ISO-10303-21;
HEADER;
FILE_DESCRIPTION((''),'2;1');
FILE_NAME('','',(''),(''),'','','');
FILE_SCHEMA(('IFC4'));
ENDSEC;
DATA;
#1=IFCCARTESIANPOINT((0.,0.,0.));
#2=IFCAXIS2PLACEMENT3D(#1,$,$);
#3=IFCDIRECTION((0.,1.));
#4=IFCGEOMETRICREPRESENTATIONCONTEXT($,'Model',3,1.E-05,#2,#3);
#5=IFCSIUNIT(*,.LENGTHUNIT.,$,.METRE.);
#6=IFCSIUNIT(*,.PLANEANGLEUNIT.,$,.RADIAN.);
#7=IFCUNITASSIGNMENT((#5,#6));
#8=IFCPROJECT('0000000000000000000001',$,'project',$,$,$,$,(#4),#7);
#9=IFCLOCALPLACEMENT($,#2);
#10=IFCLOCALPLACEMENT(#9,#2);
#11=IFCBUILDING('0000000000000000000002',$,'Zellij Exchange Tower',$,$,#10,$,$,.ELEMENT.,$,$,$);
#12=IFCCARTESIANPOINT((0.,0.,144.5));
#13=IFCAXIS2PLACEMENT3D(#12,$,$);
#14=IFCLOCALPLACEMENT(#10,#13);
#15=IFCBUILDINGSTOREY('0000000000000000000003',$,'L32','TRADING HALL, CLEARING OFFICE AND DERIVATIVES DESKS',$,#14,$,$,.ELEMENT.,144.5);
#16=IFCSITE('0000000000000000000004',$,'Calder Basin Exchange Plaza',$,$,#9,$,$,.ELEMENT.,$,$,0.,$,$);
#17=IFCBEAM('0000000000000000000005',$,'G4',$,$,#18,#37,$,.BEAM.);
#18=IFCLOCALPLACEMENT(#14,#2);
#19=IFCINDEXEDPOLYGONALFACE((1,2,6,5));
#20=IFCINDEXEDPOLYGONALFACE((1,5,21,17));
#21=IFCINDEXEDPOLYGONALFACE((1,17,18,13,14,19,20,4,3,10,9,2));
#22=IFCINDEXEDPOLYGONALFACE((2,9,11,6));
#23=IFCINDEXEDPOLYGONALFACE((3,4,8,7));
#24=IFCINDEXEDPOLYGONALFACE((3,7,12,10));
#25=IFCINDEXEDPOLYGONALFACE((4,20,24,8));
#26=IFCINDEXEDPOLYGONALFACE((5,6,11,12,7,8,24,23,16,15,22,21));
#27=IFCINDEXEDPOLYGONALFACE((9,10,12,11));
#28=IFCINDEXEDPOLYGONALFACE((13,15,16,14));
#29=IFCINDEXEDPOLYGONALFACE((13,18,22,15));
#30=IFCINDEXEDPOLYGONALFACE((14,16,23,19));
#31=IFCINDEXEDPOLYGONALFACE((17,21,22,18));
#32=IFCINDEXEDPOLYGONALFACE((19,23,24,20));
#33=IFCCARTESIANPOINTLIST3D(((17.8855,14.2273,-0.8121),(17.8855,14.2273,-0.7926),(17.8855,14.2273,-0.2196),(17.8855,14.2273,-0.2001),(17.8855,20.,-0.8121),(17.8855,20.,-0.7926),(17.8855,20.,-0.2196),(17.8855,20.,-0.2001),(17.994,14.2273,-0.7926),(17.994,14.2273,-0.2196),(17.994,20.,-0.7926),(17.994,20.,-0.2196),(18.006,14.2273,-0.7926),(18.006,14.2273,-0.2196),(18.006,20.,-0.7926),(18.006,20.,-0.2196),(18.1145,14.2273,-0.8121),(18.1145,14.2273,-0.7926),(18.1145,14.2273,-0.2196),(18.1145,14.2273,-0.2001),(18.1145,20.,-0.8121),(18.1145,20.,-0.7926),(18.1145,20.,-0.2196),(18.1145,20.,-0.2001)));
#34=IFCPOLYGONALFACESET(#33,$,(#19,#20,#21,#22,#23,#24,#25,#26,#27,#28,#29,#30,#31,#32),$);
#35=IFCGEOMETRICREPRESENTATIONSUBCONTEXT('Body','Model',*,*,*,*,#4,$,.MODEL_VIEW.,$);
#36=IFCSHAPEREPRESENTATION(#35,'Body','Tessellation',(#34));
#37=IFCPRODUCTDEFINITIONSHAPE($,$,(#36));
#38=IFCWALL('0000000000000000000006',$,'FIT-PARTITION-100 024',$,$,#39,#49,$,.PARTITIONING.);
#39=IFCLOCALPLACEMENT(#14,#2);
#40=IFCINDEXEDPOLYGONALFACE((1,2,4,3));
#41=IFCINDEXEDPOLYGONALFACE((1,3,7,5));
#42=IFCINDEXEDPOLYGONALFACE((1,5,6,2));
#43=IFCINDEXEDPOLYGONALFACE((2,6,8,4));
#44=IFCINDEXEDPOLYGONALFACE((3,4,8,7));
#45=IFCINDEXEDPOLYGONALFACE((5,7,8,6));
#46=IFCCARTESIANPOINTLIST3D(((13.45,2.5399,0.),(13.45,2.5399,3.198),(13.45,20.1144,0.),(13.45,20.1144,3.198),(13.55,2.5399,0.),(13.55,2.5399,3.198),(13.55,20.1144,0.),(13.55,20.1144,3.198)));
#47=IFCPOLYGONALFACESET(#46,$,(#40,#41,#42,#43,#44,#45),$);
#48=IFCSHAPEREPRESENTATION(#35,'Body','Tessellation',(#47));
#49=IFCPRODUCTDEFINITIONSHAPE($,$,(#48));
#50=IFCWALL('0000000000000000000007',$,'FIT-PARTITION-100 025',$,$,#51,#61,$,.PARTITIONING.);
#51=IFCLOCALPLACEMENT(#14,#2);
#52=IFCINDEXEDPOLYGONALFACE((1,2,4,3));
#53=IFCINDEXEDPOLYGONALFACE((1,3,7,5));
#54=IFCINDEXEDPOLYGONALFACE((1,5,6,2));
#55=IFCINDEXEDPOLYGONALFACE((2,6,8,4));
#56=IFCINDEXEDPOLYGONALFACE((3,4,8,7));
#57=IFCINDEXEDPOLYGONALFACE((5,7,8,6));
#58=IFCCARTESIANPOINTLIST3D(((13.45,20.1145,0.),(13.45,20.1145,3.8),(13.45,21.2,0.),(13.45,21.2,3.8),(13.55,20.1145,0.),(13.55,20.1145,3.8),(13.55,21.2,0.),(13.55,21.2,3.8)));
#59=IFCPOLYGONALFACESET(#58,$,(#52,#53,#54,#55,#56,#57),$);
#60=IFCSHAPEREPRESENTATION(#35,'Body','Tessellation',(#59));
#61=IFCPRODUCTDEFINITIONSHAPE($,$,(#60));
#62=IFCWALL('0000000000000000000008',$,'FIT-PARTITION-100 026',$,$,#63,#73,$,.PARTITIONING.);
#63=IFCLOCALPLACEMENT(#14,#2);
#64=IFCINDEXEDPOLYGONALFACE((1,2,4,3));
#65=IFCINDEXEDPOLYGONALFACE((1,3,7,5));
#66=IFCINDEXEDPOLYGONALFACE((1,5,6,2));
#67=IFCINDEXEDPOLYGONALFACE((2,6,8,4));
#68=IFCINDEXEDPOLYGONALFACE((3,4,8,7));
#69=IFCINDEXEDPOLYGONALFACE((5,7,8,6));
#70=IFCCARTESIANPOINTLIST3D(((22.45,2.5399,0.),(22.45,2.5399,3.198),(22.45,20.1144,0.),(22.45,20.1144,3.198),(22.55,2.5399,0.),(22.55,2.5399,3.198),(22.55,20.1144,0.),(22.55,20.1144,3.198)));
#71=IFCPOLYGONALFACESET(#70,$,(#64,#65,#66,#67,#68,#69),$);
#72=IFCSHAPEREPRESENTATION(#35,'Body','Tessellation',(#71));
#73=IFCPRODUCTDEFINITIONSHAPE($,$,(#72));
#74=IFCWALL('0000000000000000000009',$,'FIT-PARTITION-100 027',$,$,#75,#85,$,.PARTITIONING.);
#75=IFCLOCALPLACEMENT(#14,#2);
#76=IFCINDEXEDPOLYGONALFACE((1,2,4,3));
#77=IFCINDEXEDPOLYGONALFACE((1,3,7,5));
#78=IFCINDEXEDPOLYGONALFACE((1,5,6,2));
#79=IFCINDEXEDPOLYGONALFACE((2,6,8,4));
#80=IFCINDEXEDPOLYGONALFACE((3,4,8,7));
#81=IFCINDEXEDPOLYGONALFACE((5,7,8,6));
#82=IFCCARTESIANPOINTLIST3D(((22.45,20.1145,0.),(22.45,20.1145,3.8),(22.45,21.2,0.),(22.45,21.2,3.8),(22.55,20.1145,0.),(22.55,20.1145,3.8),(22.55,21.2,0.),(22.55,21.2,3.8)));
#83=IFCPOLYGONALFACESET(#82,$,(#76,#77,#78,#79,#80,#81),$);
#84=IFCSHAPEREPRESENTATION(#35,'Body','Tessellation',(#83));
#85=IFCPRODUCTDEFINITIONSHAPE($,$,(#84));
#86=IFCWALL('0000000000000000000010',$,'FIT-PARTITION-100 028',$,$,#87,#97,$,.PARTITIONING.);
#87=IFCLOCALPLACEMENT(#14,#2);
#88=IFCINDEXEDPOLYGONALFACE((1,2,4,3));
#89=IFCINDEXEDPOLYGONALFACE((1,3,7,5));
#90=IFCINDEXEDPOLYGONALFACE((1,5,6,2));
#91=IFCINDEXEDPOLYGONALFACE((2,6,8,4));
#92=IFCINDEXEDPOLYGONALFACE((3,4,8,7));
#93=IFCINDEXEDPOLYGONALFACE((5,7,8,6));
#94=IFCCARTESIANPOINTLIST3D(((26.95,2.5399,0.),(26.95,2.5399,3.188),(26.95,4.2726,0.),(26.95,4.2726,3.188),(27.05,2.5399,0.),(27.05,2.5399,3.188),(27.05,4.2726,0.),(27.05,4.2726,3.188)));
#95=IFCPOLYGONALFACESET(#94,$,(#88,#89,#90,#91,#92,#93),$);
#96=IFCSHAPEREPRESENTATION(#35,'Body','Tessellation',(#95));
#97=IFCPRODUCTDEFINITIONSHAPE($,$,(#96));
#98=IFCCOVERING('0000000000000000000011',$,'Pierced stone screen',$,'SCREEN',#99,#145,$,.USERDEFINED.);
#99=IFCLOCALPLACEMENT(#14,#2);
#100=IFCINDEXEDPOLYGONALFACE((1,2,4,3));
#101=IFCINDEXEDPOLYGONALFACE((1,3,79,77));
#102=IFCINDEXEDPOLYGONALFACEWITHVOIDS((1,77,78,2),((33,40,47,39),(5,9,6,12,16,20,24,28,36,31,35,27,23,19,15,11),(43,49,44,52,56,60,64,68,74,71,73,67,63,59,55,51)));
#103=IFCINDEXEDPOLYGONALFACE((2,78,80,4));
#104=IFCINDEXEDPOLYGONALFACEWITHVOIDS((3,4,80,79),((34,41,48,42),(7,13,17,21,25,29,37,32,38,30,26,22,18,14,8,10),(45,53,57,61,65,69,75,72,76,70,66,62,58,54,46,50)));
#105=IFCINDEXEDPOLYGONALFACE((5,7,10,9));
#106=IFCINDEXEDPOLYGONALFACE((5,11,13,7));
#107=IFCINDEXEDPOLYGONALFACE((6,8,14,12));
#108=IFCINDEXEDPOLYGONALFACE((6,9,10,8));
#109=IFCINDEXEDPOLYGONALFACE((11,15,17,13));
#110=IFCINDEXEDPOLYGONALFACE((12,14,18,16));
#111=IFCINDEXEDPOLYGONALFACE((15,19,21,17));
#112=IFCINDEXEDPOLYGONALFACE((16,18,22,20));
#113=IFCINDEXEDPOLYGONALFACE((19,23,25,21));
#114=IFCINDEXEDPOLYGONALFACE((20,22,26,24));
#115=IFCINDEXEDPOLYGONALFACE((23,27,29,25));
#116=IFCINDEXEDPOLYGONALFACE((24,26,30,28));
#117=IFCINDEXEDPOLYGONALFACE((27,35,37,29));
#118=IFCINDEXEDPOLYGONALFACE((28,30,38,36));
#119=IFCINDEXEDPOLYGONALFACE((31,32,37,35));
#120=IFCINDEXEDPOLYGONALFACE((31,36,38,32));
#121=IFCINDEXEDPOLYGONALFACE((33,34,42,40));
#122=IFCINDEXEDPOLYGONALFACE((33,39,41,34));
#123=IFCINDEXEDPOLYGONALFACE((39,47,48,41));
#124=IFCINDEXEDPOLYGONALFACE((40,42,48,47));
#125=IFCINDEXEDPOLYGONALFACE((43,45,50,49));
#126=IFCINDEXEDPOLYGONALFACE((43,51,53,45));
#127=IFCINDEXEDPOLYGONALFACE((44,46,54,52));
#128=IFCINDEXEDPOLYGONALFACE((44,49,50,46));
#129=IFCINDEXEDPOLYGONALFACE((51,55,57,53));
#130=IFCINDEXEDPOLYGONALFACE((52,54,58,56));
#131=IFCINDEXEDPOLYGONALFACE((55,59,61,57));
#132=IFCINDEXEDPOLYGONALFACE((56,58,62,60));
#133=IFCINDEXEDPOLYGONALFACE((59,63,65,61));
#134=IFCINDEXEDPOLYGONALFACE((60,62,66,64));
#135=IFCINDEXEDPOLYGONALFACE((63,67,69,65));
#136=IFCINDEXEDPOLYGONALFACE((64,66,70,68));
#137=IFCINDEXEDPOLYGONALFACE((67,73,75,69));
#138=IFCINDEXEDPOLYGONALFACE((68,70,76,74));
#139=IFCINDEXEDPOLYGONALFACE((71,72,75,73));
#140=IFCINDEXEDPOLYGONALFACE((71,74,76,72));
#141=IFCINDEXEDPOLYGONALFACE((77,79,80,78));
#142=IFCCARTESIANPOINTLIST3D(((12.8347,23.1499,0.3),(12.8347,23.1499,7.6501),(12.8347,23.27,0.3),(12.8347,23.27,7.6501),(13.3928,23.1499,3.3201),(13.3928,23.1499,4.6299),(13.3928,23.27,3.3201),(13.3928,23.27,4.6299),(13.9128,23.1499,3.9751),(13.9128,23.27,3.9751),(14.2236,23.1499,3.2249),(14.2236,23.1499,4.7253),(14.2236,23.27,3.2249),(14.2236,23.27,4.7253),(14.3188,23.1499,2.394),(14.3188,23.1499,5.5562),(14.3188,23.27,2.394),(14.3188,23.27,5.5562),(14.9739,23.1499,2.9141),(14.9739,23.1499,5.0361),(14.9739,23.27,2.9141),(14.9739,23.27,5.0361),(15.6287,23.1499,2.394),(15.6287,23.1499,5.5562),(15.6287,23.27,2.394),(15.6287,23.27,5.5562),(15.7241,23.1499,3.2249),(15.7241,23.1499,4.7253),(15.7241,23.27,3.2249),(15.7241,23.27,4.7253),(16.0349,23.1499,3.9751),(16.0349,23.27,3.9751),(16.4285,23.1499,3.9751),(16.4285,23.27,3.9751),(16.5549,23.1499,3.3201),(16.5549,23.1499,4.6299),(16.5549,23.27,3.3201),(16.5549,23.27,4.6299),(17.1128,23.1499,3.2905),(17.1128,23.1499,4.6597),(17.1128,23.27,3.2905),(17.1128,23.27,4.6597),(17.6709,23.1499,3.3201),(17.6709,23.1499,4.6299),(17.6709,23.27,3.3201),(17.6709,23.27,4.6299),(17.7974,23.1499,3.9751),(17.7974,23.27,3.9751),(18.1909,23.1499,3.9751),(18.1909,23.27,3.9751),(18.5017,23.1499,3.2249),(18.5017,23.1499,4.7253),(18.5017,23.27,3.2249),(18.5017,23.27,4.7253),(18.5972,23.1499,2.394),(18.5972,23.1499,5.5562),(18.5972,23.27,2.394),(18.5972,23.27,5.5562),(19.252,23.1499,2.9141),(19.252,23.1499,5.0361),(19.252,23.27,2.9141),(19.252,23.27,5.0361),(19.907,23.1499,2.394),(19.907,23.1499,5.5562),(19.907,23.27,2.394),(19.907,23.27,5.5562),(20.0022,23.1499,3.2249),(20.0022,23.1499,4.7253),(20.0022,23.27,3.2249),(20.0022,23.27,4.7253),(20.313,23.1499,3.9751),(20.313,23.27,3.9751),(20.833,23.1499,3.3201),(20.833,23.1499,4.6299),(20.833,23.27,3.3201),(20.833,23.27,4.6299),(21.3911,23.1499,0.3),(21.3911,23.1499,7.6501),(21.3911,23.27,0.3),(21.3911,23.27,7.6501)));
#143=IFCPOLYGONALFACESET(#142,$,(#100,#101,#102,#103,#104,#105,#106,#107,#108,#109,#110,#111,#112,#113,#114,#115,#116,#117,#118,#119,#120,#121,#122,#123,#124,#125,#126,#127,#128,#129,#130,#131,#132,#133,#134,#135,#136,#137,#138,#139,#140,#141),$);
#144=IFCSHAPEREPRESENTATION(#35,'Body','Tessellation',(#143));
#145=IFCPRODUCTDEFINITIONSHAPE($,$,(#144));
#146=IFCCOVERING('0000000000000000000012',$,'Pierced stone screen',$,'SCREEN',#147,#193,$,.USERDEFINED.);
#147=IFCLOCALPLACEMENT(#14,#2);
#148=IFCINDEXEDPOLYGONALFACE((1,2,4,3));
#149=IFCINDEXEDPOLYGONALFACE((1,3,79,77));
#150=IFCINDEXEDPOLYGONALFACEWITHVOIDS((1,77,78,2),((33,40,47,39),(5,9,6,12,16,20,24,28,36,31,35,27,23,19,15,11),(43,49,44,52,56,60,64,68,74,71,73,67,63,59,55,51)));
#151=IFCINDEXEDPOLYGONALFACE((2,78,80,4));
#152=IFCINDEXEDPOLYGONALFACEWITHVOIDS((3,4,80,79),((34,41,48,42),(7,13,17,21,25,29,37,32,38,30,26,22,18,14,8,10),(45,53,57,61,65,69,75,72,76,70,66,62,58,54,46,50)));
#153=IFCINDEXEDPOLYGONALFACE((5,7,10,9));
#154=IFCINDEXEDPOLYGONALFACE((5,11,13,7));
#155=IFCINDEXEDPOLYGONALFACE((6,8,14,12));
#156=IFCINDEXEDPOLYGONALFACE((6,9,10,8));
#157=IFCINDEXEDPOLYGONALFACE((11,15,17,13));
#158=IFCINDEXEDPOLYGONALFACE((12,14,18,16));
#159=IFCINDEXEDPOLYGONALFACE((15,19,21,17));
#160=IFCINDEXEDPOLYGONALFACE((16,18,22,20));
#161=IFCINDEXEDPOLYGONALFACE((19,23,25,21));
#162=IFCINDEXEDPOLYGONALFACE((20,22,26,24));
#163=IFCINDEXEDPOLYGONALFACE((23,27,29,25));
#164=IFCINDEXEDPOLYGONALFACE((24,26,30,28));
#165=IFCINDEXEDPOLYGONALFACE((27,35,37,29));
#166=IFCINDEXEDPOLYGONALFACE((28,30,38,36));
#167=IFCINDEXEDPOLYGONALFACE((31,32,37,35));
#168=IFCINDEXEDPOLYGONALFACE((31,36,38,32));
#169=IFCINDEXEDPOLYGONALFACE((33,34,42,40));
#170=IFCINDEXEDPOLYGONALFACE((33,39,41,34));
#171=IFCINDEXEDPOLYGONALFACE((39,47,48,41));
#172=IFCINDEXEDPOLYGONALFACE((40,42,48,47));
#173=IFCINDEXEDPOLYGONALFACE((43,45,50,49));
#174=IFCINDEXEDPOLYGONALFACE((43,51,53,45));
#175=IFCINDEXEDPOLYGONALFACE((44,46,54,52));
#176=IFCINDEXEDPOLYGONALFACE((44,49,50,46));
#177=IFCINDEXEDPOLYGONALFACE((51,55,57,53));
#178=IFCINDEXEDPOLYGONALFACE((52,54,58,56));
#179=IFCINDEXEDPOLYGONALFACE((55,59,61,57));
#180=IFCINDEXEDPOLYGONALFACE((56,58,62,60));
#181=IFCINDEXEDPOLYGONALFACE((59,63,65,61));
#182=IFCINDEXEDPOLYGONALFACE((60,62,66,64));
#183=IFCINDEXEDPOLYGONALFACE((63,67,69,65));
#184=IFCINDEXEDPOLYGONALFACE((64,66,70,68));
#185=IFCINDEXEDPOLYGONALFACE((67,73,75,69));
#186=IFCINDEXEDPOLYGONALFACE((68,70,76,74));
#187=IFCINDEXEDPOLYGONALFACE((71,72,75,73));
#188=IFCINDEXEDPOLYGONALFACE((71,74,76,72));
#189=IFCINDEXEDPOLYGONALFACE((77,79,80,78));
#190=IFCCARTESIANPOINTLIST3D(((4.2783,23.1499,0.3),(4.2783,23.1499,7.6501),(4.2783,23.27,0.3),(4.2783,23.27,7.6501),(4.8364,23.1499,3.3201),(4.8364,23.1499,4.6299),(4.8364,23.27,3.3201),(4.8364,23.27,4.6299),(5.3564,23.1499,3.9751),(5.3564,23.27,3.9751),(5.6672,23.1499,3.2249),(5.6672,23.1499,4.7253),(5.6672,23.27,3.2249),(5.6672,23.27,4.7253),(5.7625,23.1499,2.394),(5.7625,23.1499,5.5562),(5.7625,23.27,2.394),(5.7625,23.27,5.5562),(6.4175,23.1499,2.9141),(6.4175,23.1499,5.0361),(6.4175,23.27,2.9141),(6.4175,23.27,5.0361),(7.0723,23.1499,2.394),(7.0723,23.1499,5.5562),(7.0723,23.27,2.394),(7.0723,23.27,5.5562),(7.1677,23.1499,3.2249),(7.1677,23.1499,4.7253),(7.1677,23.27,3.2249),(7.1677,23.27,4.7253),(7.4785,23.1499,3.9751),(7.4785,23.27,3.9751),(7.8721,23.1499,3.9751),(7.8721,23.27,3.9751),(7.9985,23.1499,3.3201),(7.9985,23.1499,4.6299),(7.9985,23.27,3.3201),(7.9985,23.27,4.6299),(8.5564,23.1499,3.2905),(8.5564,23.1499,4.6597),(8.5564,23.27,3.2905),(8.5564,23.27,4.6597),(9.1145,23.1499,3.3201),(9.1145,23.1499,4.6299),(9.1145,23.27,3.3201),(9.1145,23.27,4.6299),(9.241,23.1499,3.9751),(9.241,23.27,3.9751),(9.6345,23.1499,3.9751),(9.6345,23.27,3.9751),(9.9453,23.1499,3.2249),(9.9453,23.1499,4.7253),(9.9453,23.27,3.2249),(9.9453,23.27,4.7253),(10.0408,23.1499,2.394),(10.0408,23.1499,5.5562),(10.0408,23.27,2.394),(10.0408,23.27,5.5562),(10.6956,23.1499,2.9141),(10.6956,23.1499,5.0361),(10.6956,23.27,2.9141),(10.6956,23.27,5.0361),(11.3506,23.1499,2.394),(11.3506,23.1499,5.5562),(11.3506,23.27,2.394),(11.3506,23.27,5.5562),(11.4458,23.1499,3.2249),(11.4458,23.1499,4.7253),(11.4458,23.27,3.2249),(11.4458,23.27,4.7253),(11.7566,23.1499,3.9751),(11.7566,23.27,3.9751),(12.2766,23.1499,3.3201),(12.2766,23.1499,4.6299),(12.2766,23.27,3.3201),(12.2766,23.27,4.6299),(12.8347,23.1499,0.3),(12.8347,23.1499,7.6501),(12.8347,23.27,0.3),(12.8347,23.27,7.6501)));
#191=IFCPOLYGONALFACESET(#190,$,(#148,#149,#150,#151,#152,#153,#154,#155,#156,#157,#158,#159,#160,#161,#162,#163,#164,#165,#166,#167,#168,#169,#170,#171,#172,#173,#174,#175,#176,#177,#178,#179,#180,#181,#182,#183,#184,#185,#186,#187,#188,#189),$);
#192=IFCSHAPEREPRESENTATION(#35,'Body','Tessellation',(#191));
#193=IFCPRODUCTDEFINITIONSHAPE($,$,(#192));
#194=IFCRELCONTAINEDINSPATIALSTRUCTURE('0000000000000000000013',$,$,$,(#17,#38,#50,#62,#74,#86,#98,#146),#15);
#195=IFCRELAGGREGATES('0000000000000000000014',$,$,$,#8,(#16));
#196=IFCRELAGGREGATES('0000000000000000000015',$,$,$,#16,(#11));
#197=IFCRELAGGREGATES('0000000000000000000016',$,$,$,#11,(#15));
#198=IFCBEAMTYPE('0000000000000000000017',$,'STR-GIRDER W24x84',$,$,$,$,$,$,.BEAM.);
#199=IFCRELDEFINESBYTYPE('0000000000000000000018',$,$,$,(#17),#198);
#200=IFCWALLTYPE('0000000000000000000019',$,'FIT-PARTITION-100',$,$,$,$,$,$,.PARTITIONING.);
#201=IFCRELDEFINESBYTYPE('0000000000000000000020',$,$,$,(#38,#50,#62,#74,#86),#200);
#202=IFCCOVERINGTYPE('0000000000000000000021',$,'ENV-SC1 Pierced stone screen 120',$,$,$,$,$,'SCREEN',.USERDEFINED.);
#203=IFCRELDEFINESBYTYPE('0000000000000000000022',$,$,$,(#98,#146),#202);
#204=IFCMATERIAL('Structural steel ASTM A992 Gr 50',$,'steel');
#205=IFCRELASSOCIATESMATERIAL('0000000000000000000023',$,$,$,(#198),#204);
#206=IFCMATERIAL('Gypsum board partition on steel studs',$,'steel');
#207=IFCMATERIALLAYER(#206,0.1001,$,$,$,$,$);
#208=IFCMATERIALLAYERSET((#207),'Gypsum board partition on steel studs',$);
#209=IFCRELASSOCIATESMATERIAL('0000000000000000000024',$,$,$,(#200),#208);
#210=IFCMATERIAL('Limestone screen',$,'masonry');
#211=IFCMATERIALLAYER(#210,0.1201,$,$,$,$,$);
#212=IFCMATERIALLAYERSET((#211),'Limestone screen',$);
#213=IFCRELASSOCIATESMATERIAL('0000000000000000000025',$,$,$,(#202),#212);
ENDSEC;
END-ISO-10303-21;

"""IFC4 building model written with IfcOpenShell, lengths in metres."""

from ifc_helpers import new_model, si_unit, direction, frame, frame_2d, origin, origin_2d, place, context, subcontext, project, spatial, polyline, rectangle, i_section, outline, extrude, material, layer, layer_set, material_profile, profile_set, type_object, element, save


model = new_model("IFC4")

# Units and contexts
model_context = context("Model", 3, precision=1e-05, world=origin(), true_north=direction((0.0, 1.0)))
body_context = subcontext(model_context, "Body", "Model", "MODEL_VIEW")
ifc_project = project(units=[si_unit("LENGTHUNIT", "METRE"), si_unit("PLANEANGLEUNIT", "RADIAN")], contexts=[model_context])

# Site, building, storey
site_placement = place(None, origin())
site = spatial("IfcSite", under=ifc_project, at=site_placement, Name="Calder Basin Exchange Plaza", CompositionType="ELEMENT", RefElevation=0.0)
building_placement = place(site_placement, origin())
building = spatial("IfcBuilding", under=site, at=building_placement, Name="Zellij Exchange Tower", CompositionType="ELEMENT")
storey_placement = place(building_placement, frame((0.0, 0.0, 144.5)))
storey = spatial("IfcBuildingStorey", under=building, at=storey_placement, Name="L32", Description="TRADING HALL, CLEARING OFFICE AND DERIVATIVES DESKS", CompositionType="ELEMENT", Elevation=144.5)

# Beam
ifc_material_1 = material(Name="Structural steel ASTM A992 Gr 50", Category="steel")
ifc_material_profile_1 = material_profile(ifc_material_1, i_section(OverallWidth=0.229, OverallDepth=0.6121, WebThickness=0.012, FlangeThickness=0.0195, at=origin_2d()), Name="W24x84")
ifc_profile_set_1 = profile_set([ifc_material_profile_1], Name="Structural steel ASTM A992 Gr 50")
beam_type = type_object("IfcBeamType", Name="STR-GIRDER W24x84", PredefinedType="BEAM", material=ifc_profile_set_1)
beam_1_placement = place(storey_placement, frame((18.0, 14.2273, -0.5061), z_axis=(0.0, 1.0, 0.0), x_axis=(-1.0, 0.0, 0.0)))
element("IfcBeam", 1, at=beam_1_placement, inside=storey, type_object=beam_type, Name="G4", PredefinedType="BEAM", context=body_context, shape_type="SweptSolid", body=[
    extrude(i_section(OverallWidth=0.229, OverallDepth=0.6121, WebThickness=0.012, FlangeThickness=0.0195, at=origin_2d()), origin(), (0.0, 0.0, 1.0), 5.7727),
])

# Walls
ifc_material_2 = material(Name="Gypsum board partition on steel studs", Category="steel")
ifc_layer_1 = layer(ifc_material_2, 0.1001)
ifc_layer_set_1 = layer_set([ifc_layer_1], Name="Gypsum board partition on steel studs")
wall_type = type_object("IfcWallType", Name="FIT-PARTITION-100", PredefinedType="PARTITIONING", material=ifc_layer_set_1)
wall_1_placement = place(storey_placement, frame((13.5, 2.54, 0.0), z_axis=(0.0, 0.0, 1.0), x_axis=(0.0, 1.0, 0.0)))
element("IfcWall", 2, at=wall_1_placement, inside=storey, type_object=wall_type, Name="FIT-PARTITION-100 024", PredefinedType="PARTITIONING", context=body_context, shape_type="SweptSolid", body=[
    extrude(rectangle(XDim=17.5745, YDim=0.1001, at=frame_2d((8.7871, 0.0))), origin(), (0.0, 0.0, 1.0), 3.198),
])
wall_2_placement = place(storey_placement, frame((13.5, 20.1145, 0.0), z_axis=(0.0, 0.0, 1.0), x_axis=(0.0, 1.0, 0.0)))
element("IfcWall", 3, at=wall_2_placement, inside=storey, type_object=wall_type, Name="FIT-PARTITION-100 025", PredefinedType="PARTITIONING", context=body_context, shape_type="SweptSolid", body=[
    extrude(rectangle(XDim=1.0854, YDim=0.1001, at=frame_2d((0.5427, 0.0))), origin(), (0.0, 0.0, 1.0), 3.8),
])
wall_3_placement = place(storey_placement, frame((22.5, 2.54, 0.0), z_axis=(0.0, 0.0, 1.0), x_axis=(0.0, 1.0, 0.0)))
element("IfcWall", 4, at=wall_3_placement, inside=storey, type_object=wall_type, Name="FIT-PARTITION-100 026", PredefinedType="PARTITIONING", context=body_context, shape_type="SweptSolid", body=[
    extrude(rectangle(XDim=17.5745, YDim=0.1001, at=frame_2d((8.7871, 0.0))), origin(), (0.0, 0.0, 1.0), 3.198),
])
wall_4_placement = place(storey_placement, frame((22.5, 20.1145, 0.0), z_axis=(0.0, 0.0, 1.0), x_axis=(0.0, 1.0, 0.0)))
element("IfcWall", 5, at=wall_4_placement, inside=storey, type_object=wall_type, Name="FIT-PARTITION-100 027", PredefinedType="PARTITIONING", context=body_context, shape_type="SweptSolid", body=[
    extrude(rectangle(XDim=1.0854, YDim=0.1001, at=frame_2d((0.5427, 0.0))), origin(), (0.0, 0.0, 1.0), 3.8),
])
wall_5_placement = place(storey_placement, frame((27.0, 2.54, 0.0), z_axis=(0.0, 0.0, 1.0), x_axis=(0.0, 1.0, 0.0)))
element("IfcWall", 6, at=wall_5_placement, inside=storey, type_object=wall_type, Name="FIT-PARTITION-100 028", PredefinedType="PARTITIONING", context=body_context, shape_type="SweptSolid", body=[
    extrude(rectangle(XDim=1.7327, YDim=0.1001, at=frame_2d((0.8662, 0.0))), origin(), (0.0, 0.0, 1.0), 3.188),
])

# Coverings
ifc_material_3 = material(Name="Limestone screen", Category="masonry")
ifc_layer_2 = layer(ifc_material_3, 0.1201)
ifc_layer_set_2 = layer_set([ifc_layer_2], Name="Limestone screen")
covering_type = type_object("IfcCoveringType", Name="ENV-SC1 Pierced stone screen 120", ElementType="SCREEN", PredefinedType="USERDEFINED", material=ifc_layer_set_2)
for number, where, z_axis, x_axis, name in (
    (7, (21.3911, 23.21, 0.3), (0.0, 0.0, 1.0), (-1.0, 0.0, 0.0), "Pierced stone screen"),
    (8, (12.8347, 23.21, 0.3), (0.0, 0.0, 1.0), (-1.0, 0.0, 0.0), "Pierced stone screen"),
):
    element("IfcCovering", number, at=place(storey_placement, frame(where, z_axis=z_axis, x_axis=x_axis)), inside=storey, type_object=covering_type, Name=name, ObjectType="SCREEN", PredefinedType="USERDEFINED", context=body_context, shape_type="SweptSolid", body=[
        extrude(outline(polyline([(0.0, 0.0), (8.5564, 0.0), (8.5564, 7.3501), (0.0, 7.3501), (0.0, 0.0)]), holes=[polyline([(3.7202, 4.3298), (2.8894, 4.4253), (2.7939, 5.2561), (2.1392, 4.7361), (1.4841, 5.2561), (1.3889, 4.4253), (0.5581, 4.3298), (1.0781, 3.675), (0.5581, 3.02), (1.3889, 2.9248), (1.4841, 2.094), (2.1392, 2.614), (2.7939, 2.094), (2.8894, 2.9248), (3.7202, 3.02), (3.2002, 3.675), (3.7202, 4.3298)]), polyline([(7.9983, 4.3298), (7.1675, 4.4253), (7.0723, 5.2561), (6.4172, 4.7361), (5.7625, 5.2561), (5.667, 4.4253), (4.8362, 4.3298), (5.3562, 3.675), (4.8362, 3.02), (5.667, 2.9248), (5.7625, 2.094), (6.4172, 2.614), (7.0723, 2.094), (7.1675, 2.9248), (7.9983, 3.02), (7.4783, 3.675), (7.9983, 4.3298)]), polyline([(4.9626, 3.675), (4.2783, 4.3596), (3.5938, 3.675), (4.2783, 2.9905), (4.9626, 3.675)])]), frame((0.0, 0.0601, 0.0), z_axis=(0.0, -1.0, 0.0), x_axis=(1.0, 0.0, 0.0)), (0.0, 0.0, 1.0), 0.1201),
    ])

save(model, "model.ifc")
